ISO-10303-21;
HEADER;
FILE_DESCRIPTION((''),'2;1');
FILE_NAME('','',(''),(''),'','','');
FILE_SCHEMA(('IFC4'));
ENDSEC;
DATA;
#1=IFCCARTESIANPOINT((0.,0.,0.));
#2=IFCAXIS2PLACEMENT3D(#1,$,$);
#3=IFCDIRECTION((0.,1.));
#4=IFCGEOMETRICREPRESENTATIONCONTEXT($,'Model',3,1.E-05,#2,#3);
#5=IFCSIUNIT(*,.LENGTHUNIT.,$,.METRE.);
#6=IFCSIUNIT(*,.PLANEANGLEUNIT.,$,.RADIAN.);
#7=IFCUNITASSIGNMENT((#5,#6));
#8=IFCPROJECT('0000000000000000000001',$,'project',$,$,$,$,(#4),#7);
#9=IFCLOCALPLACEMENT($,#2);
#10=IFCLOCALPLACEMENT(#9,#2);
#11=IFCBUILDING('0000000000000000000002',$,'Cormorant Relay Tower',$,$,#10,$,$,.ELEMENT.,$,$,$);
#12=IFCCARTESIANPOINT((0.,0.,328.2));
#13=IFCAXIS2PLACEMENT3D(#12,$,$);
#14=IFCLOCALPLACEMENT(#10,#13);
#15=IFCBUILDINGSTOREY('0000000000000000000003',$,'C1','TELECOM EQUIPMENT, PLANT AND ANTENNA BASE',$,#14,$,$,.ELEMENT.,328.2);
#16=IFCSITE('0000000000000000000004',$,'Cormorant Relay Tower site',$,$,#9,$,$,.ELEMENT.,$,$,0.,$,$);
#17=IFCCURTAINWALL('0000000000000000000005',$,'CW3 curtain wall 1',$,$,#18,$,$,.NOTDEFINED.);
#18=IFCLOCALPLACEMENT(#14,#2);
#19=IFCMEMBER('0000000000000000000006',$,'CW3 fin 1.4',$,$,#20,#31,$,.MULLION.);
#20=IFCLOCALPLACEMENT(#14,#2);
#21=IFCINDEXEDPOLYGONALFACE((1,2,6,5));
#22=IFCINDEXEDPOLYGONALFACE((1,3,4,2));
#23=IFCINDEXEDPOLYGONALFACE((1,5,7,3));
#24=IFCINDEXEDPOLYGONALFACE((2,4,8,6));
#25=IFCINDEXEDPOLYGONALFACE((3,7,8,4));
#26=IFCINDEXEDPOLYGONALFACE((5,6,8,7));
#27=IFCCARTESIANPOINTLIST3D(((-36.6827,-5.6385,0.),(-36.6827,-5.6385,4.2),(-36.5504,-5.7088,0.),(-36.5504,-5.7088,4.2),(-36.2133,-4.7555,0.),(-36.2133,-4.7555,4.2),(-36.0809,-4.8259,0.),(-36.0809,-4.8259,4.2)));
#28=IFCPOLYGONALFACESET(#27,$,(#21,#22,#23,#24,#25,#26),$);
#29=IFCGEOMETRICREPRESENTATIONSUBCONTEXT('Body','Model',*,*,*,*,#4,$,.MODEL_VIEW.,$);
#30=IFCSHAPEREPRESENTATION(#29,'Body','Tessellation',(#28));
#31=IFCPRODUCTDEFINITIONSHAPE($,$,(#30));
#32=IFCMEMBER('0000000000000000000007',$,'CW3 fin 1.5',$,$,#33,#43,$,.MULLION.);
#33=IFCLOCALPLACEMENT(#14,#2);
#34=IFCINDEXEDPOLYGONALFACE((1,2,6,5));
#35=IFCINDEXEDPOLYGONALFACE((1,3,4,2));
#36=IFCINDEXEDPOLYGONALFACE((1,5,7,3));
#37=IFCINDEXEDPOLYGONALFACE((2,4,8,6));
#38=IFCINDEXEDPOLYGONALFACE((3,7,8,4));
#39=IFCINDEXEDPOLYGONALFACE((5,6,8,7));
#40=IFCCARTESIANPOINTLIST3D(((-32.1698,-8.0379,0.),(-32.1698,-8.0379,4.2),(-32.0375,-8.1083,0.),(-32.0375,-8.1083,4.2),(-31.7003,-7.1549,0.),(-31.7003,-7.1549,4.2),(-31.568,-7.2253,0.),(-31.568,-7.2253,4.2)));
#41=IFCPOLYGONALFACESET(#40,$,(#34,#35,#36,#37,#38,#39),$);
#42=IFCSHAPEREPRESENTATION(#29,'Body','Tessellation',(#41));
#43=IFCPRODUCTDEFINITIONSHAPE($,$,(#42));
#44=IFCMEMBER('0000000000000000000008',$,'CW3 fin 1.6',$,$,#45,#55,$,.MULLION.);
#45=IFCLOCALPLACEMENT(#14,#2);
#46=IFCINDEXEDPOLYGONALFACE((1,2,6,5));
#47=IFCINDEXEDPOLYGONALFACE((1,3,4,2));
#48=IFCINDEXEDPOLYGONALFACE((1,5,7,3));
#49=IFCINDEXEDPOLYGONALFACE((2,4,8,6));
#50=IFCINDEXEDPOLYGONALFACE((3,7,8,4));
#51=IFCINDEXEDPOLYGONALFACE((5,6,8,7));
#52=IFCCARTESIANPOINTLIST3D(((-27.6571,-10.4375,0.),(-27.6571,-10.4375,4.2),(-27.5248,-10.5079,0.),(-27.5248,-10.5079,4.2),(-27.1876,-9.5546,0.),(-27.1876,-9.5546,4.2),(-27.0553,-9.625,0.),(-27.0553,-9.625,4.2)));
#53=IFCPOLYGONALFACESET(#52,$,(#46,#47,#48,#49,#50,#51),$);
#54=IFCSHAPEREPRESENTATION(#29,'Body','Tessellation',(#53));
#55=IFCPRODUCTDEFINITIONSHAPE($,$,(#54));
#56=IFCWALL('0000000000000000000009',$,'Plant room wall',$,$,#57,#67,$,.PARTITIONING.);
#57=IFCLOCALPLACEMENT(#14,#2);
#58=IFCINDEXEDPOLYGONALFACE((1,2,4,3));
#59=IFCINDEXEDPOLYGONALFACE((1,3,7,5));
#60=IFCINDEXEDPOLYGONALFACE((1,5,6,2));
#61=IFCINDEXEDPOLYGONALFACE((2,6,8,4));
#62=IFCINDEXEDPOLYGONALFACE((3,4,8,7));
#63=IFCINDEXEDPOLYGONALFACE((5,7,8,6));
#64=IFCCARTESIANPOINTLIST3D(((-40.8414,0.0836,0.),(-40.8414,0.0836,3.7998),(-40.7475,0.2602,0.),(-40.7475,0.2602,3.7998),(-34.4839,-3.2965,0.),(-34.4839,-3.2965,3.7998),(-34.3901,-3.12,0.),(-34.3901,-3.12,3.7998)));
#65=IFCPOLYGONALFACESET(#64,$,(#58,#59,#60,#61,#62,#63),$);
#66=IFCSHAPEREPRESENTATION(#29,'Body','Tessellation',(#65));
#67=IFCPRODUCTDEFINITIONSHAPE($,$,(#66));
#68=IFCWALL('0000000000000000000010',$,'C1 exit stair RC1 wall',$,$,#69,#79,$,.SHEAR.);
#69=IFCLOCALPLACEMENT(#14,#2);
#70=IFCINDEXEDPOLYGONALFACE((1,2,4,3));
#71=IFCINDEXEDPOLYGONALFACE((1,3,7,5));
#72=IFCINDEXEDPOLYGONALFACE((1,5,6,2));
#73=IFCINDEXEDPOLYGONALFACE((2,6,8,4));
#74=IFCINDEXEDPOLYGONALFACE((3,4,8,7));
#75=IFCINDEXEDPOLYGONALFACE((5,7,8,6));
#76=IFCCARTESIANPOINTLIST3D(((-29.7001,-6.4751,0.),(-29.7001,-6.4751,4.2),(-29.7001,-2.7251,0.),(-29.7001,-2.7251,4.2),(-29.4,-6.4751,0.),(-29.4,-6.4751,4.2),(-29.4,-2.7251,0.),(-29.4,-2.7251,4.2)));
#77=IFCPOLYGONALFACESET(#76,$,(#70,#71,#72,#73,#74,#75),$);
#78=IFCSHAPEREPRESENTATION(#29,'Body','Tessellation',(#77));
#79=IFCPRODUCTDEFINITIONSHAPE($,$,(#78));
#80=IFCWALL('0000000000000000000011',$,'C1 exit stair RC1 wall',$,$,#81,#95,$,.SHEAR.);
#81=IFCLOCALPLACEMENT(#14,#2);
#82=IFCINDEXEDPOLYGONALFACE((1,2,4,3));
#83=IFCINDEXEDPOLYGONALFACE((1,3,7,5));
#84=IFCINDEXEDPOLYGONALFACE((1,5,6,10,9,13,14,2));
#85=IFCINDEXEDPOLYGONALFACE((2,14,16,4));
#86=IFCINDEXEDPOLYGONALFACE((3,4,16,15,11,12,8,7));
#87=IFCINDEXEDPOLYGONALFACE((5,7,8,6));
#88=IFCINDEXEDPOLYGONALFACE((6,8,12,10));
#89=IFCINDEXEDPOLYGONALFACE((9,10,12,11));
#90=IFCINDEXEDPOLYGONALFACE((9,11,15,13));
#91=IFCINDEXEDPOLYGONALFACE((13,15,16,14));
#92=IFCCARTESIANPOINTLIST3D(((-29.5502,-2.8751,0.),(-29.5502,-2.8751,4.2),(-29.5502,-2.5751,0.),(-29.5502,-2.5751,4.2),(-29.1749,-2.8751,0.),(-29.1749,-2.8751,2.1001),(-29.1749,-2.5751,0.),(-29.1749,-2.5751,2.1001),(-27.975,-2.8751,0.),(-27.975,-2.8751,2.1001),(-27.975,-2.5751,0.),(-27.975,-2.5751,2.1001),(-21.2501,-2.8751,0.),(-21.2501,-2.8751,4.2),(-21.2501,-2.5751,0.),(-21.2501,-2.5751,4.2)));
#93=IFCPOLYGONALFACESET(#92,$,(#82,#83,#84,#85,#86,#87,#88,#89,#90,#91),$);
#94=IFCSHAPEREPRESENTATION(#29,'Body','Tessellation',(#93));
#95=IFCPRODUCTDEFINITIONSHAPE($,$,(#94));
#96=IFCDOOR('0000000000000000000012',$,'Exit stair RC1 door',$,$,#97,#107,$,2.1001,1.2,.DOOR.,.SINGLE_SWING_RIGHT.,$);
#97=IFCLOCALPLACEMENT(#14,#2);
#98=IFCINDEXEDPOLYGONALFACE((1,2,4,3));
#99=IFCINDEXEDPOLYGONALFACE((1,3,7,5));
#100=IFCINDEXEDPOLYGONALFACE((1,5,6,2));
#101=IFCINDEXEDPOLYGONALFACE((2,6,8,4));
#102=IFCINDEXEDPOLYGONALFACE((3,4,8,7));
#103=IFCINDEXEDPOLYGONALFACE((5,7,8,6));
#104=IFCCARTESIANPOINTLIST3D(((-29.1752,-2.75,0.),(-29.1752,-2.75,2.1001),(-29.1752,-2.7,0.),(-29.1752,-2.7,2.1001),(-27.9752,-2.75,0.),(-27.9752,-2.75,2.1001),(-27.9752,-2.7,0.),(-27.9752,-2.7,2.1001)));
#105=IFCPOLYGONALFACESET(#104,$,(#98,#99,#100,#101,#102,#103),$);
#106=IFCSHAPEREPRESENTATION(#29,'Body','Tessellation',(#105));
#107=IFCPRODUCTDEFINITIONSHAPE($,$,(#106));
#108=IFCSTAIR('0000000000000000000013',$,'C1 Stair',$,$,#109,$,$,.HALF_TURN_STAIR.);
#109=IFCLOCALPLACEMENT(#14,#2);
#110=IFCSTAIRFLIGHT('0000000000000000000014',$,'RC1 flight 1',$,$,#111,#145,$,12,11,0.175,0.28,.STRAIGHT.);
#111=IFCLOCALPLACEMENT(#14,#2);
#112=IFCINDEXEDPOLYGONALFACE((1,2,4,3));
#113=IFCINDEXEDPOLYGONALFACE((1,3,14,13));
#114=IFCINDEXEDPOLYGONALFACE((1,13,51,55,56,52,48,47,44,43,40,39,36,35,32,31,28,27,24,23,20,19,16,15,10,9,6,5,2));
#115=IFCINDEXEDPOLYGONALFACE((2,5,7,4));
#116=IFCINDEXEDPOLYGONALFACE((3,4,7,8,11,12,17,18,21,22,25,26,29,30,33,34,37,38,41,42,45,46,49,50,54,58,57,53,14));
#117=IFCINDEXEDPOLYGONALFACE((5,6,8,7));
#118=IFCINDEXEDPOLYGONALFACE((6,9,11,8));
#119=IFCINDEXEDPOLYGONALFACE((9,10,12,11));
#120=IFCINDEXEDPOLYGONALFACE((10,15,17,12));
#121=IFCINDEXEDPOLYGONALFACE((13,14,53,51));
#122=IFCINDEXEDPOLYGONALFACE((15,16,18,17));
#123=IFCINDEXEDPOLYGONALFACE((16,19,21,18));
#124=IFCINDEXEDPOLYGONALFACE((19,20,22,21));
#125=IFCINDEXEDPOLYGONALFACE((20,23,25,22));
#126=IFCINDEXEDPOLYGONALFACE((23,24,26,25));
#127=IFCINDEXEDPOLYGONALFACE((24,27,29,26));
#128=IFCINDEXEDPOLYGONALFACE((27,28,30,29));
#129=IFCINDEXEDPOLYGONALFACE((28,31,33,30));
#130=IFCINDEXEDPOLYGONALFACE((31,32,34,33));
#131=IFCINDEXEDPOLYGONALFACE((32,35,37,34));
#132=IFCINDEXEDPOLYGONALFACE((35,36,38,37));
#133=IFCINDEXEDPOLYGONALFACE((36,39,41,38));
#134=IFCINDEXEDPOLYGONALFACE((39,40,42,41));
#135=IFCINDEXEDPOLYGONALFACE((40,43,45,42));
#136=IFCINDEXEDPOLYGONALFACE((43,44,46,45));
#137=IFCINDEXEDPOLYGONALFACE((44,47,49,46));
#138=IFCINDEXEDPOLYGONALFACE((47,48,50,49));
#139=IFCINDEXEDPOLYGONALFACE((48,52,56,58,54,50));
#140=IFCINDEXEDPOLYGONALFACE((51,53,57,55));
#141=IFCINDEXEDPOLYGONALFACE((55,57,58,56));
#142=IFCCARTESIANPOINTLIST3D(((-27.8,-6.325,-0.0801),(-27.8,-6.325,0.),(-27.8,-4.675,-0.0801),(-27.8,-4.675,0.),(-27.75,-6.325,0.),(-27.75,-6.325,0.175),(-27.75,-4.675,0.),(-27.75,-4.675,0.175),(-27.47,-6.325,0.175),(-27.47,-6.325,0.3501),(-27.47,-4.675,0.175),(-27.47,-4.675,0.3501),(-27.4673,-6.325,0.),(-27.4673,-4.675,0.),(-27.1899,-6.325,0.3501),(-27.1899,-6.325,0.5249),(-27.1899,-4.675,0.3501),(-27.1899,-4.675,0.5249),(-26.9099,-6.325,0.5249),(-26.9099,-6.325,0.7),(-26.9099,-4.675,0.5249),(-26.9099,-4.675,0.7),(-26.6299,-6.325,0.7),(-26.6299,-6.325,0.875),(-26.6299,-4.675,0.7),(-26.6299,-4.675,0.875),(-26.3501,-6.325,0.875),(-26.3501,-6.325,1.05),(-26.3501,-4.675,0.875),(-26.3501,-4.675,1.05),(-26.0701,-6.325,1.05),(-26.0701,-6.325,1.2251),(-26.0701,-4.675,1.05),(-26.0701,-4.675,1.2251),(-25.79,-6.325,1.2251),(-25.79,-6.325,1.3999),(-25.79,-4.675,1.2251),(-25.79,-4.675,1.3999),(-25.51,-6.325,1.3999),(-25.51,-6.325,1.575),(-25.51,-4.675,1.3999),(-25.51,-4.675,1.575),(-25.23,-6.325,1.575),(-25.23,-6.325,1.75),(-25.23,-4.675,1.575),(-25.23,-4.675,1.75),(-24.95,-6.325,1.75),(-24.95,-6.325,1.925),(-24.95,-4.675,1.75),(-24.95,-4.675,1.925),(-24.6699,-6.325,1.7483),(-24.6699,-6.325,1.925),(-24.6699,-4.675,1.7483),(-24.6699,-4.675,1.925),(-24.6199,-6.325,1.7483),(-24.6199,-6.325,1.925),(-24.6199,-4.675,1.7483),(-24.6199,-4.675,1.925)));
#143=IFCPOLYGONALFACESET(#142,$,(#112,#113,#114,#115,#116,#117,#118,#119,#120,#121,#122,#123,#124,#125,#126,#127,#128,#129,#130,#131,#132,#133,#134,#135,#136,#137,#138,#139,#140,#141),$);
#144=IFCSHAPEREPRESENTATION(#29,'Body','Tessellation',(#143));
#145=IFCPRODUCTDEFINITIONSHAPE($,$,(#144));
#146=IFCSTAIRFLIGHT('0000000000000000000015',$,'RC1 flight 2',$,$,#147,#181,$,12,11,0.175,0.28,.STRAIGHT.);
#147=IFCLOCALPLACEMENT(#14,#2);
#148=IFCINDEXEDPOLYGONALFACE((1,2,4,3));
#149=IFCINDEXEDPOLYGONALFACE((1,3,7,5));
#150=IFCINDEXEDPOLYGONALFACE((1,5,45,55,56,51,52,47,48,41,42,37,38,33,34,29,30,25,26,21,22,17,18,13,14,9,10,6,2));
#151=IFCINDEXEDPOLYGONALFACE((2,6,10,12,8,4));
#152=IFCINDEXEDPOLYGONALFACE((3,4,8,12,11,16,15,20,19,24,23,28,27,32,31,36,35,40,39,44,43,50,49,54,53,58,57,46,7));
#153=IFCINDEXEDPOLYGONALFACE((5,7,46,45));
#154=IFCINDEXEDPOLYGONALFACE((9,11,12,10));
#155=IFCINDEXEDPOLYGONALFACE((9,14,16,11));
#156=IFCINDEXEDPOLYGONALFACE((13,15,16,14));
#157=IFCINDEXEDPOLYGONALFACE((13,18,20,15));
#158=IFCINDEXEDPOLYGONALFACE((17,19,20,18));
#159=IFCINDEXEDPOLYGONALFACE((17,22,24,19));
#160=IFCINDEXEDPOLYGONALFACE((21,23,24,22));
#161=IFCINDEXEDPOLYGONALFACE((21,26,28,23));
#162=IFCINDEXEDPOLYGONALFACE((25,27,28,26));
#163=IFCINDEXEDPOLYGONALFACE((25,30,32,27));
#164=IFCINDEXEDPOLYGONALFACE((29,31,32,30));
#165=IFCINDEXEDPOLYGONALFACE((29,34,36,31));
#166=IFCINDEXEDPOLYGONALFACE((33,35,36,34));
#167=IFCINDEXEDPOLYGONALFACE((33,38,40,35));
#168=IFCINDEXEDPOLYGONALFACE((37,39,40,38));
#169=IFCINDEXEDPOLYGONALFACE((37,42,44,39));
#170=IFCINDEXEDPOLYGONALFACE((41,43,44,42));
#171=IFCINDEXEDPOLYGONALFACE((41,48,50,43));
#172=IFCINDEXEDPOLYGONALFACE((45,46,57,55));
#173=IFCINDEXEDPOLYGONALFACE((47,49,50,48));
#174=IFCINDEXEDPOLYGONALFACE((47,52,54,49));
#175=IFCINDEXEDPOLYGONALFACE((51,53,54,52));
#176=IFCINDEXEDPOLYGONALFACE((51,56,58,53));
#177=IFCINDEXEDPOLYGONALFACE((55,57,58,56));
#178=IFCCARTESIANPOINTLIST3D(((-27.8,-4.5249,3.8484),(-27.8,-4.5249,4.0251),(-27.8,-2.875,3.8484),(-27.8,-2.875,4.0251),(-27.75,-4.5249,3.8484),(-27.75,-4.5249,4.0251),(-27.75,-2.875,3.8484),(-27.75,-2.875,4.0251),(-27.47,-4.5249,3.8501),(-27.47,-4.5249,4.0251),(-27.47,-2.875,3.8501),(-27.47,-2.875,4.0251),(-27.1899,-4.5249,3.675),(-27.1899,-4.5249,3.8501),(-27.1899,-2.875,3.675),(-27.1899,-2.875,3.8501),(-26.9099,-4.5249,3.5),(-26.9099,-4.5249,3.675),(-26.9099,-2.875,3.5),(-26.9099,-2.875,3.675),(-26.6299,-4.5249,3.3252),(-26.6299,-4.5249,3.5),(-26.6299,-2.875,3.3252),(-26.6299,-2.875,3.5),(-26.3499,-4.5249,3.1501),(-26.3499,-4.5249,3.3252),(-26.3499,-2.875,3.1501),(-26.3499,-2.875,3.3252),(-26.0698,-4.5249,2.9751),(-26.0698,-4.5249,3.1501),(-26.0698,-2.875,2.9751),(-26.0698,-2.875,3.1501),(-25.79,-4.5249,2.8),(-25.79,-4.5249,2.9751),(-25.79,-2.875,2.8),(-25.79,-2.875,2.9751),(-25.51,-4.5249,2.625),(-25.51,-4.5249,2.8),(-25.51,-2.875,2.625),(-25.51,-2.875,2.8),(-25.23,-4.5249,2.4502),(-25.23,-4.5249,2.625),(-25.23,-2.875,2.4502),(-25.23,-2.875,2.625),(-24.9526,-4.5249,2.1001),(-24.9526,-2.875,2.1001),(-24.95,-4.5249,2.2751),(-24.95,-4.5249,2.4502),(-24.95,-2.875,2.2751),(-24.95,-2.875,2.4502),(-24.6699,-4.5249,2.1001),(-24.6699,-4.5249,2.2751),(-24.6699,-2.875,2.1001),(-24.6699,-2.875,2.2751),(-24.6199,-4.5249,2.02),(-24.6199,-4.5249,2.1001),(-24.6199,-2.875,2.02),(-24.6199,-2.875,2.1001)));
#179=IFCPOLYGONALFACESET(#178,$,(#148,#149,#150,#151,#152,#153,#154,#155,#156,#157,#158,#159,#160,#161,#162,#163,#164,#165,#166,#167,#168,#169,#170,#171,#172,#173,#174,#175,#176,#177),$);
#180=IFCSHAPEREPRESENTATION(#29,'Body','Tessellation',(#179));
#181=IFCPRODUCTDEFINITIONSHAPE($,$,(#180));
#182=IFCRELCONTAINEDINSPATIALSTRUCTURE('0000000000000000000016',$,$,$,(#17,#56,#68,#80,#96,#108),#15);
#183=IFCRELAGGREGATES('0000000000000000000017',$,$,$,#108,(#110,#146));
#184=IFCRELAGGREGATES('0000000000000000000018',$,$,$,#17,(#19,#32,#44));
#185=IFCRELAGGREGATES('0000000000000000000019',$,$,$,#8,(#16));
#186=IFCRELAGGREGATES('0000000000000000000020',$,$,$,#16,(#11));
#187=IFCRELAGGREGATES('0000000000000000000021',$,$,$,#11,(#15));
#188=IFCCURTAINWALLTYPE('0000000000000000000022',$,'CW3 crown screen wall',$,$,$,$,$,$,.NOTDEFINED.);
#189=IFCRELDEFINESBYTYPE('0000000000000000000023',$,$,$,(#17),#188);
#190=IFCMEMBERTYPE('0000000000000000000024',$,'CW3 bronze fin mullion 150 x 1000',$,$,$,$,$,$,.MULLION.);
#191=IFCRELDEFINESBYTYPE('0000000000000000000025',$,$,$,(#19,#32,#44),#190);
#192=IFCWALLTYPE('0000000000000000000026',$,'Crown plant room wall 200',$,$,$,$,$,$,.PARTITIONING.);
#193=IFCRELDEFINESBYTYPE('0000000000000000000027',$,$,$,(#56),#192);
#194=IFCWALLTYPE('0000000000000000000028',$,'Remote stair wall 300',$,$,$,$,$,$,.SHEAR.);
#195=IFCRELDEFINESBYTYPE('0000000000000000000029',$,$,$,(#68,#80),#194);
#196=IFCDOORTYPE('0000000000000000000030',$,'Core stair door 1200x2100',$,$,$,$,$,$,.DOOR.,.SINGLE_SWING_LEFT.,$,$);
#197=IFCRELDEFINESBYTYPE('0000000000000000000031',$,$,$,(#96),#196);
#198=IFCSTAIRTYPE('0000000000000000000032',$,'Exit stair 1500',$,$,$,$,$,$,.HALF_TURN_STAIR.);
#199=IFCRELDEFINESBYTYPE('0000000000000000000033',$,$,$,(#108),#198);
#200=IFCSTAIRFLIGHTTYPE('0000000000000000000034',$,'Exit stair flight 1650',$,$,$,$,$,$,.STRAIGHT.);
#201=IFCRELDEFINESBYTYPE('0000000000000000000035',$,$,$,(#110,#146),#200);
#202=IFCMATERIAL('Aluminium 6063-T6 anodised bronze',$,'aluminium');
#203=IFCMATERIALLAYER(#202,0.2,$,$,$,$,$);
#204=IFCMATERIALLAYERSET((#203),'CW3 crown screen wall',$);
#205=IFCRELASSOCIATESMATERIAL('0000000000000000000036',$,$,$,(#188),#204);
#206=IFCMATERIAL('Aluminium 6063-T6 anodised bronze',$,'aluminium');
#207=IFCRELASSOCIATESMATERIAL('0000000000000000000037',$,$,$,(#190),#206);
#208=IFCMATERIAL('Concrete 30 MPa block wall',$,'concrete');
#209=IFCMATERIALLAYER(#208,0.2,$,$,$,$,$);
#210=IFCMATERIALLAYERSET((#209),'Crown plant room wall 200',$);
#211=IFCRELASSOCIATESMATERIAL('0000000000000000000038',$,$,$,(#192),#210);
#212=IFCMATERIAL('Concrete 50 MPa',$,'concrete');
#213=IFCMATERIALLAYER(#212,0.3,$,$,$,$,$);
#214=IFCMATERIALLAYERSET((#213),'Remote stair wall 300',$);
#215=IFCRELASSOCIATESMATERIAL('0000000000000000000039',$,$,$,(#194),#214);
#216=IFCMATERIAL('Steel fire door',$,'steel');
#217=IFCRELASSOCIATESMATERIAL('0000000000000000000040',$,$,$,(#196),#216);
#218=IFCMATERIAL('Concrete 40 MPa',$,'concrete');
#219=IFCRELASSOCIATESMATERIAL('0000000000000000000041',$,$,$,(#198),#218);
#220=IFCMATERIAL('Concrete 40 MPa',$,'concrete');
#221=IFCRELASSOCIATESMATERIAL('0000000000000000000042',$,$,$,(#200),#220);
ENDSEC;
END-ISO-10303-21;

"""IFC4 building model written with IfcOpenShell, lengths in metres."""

from ifc_helpers import new_model, si_unit, direction, frame, frame_2d, origin, origin_2d, place, context, subcontext, project, spatial, polyline, rectangle, outline, extrude, material, layer, layer_set, material_profile, profile_set, type_object, element, fill, aggregate, save


model = new_model("IFC4")

# Units and contexts
model_context = context("Model", 3, precision=1e-05, world=origin(), true_north=direction((0.0, 1.0)))
body_context = subcontext(model_context, "Body", "Model", "MODEL_VIEW")
ifc_project = project(units=[si_unit("LENGTHUNIT", "METRE"), si_unit("PLANEANGLEUNIT", "RADIAN")], contexts=[model_context])

# Site, building, storey
site_placement = place(None, origin())
site = spatial("IfcSite", under=ifc_project, at=site_placement, Name="Cormorant Relay Tower site", CompositionType="ELEMENT", RefElevation=0.0)
building_placement = place(site_placement, origin())
building = spatial("IfcBuilding", under=site, at=building_placement, Name="Cormorant Relay Tower", CompositionType="ELEMENT")
storey_placement = place(building_placement, frame((0.0, 0.0, 328.2)))
storey = spatial("IfcBuildingStorey", under=building, at=storey_placement, Name="C1", Description="TELECOM EQUIPMENT, PLANT AND ANTENNA BASE", CompositionType="ELEMENT", Elevation=328.2)

# Curtain wall, members
ifc_material_1 = material(Name="Aluminium 6063-T6 anodised bronze", Category="aluminium")
ifc_layer_1 = layer(ifc_material_1, 0.2)
ifc_layer_set_1 = layer_set([ifc_layer_1], Name="CW3 crown screen wall")
curtain_wall_type = type_object("IfcCurtainWallType", Name="CW3 crown screen wall", PredefinedType="NOTDEFINED", material=ifc_layer_set_1)
curtain_wall_placement = place(storey_placement, origin())
curtain_wall = element("IfcCurtainWall", 1, at=curtain_wall_placement, inside=storey, type_object=curtain_wall_type, Name="CW3 curtain wall 1", PredefinedType="NOTDEFINED")
ifc_material_2 = material(Name="Aluminium 6063-T6 anodised bronze", Category="aluminium")
ifc_material_profile = material_profile(ifc_material_2, rectangle(XDim=0.1499, YDim=1.0, at=origin_2d()), Name="AL 150x1000")
ifc_profile_set = profile_set([ifc_material_profile], Name="Aluminium 6063-T6 anodised bronze")
member_type = type_object("IfcMemberType", Name="CW3 bronze fin mullion 150 x 1000", PredefinedType="MULLION", material=ifc_profile_set)
member_1_placement = place(storey_placement, frame((-36.3818, -5.2322, 0.0), z_axis=(0.0, 0.0, 1.0), x_axis=(0.882948, -0.469472, 0.0)))
member_1 = element("IfcMember", 2, at=member_1_placement, type_object=member_type, Name="CW3 fin 1.4", PredefinedType="MULLION", context=body_context, shape_type="SweptSolid", body=[
    extrude(rectangle(XDim=0.1499, YDim=1.0, at=origin_2d()), origin(), (0.0, 0.0, 1.0), 4.2),
])
member_2_placement = place(storey_placement, frame((-31.8689, -7.6316, 0.0), z_axis=(0.0, 0.0, 1.0), x_axis=(0.882948, -0.469472, 0.0)))
member_2 = element("IfcMember", 3, at=member_2_placement, type_object=member_type, Name="CW3 fin 1.5", PredefinedType="MULLION", context=body_context, shape_type="SweptSolid", body=[
    extrude(rectangle(XDim=0.1499, YDim=1.0, at=origin_2d()), origin(), (0.0, 0.0, 1.0), 4.2),
])
member_3_placement = place(storey_placement, frame((-27.3562, -10.0312, 0.0), z_axis=(0.0, 0.0, 1.0), x_axis=(0.882948, -0.469472, 0.0)))
member_3 = element("IfcMember", 4, at=member_3_placement, type_object=member_type, Name="CW3 fin 1.6", PredefinedType="MULLION", context=body_context, shape_type="SweptSolid", body=[
    extrude(rectangle(XDim=0.1499, YDim=1.0, at=origin_2d()), origin(), (0.0, 0.0, 1.0), 4.2),
])

# Walls
ifc_material_3 = material(Name="Concrete 30 MPa block wall", Category="concrete")
ifc_layer_2 = layer(ifc_material_3, 0.2)
ifc_layer_set_2 = layer_set([ifc_layer_2], Name="Crown plant room wall 200")
wall_type_1 = type_object("IfcWallType", Name="Crown plant room wall 200", PredefinedType="PARTITIONING", material=ifc_layer_set_2)
wall_1_placement = place(storey_placement, frame((-34.437, -3.2083, 0.0), z_axis=(0.0, 0.0, 1.0), x_axis=(-0.882958, 0.469453, 0.0)))
element("IfcWall", 5, at=wall_1_placement, inside=storey, type_object=wall_type_1, Name="Plant room wall", PredefinedType="PARTITIONING", context=body_context, shape_type="SweptSolid", body=[
    extrude(rectangle(XDim=7.2002, YDim=0.2, at=frame_2d((3.6001, 0.0))), origin(), (0.0, 0.0, 1.0), 3.7998),
])
ifc_material_4 = material(Name="Concrete 50 MPa", Category="concrete")
ifc_layer_3 = layer(ifc_material_4, 0.3)
ifc_layer_set_3 = layer_set([ifc_layer_3], Name="Remote stair wall 300")
wall_type_2 = type_object("IfcWallType", Name="Remote stair wall 300", PredefinedType="SHEAR", material=ifc_layer_set_3)
wall_2_placement = place(storey_placement, frame((-29.55, -6.4751, 0.0), z_axis=(0.0, 0.0, 1.0), x_axis=(0.0, 1.0, 0.0)))
element("IfcWall", 6, at=wall_2_placement, inside=storey, type_object=wall_type_2, Name="C1 exit stair RC1 wall", PredefinedType="SHEAR", context=body_context, shape_type="SweptSolid", body=[
    extrude(rectangle(XDim=3.75, YDim=0.3, at=frame_2d((1.875, 0.0))), origin(), (0.0, 0.0, 1.0), 4.2),
])

# Wall, opening, door
wall_3_placement = place(storey_placement, frame((-29.55, -2.7251, 0.0), z_axis=(0.0, 0.0, 1.0), x_axis=(1.0, 0.0, 0.0)))
wall_3 = element("IfcWall", 7, at=wall_3_placement, inside=storey, type_object=wall_type_2, Name="C1 exit stair RC1 wall", PredefinedType="SHEAR", context=body_context, shape_type="SweptSolid", body=[
    extrude(rectangle(XDim=8.3, YDim=0.3, at=frame_2d((4.1499, 0.0))), origin(), (0.0, 0.0, 1.0), 4.2),
])
opening_placement = place(wall_3_placement, frame((0.375, 0.0, 0.0)))
opening = element("IfcOpeningElement", 8, at=opening_placement, cuts=wall_3, PredefinedType="OPENING", context=body_context, shape_type="SweptSolid", body=[
    extrude(rectangle(XDim=1.2, YDim=2.1001, at=frame_2d((0.6001, 1.05))), frame((0.0, 0.1599, 0.0), z_axis=(0.0, -1.0, 0.0), x_axis=(1.0, 0.0, 0.0)), (0.0, 0.0, 1.0), 0.3201),
])
ifc_material_5 = material(Name="Steel fire door", Category="steel")
door_type = type_object("IfcDoorType", Name="Core stair door 1200x2100", OperationType="SINGLE_SWING_LEFT", PredefinedType="DOOR", material=ifc_material_5)
door_placement = place(opening_placement, frame((1.2, 0.0, 0.0), z_axis=(0.0, 0.0, 1.0), x_axis=(-1.0, 0.0, 0.0)))
door = element("IfcDoor", 9, at=door_placement, inside=storey, type_object=door_type, Name="Exit stair RC1 door", OperationType="SINGLE_SWING_RIGHT", OverallHeight=2.1001, OverallWidth=1.2, PredefinedType="DOOR", context=body_context, shape_type="SweptSolid", body=[
    extrude(rectangle(XDim=1.2, YDim=2.1001, at=frame_2d((0.6001, 1.05))), frame((0.0, 0.0249, 0.0), z_axis=(0.0, -1.0, 0.0), x_axis=(1.0, 0.0, 0.0)), (0.0, 0.0, 1.0), 0.05),
])
fill(opening, door)

# Stair, stair flights
ifc_material_6 = material(Name="Concrete 40 MPa", Category="concrete")
stair_type = type_object("IfcStairType", Name="Exit stair 1500", PredefinedType="HALF_TURN_STAIR", material=ifc_material_6)
stair_placement = place(storey_placement, origin())
stair = element("IfcStair", 10, at=stair_placement, inside=storey, type_object=stair_type, Name="C1 Stair", PredefinedType="HALF_TURN_STAIR")
ifc_material_7 = material(Name="Concrete 40 MPa", Category="concrete")
stair_flight_type = type_object("IfcStairFlightType", Name="Exit stair flight 1650", PredefinedType="STRAIGHT", material=ifc_material_7)
stair_flight_1_placement = place(storey_placement, frame((-27.75, -5.5, 0.0), z_axis=(0.0, 0.0, 1.0), x_axis=(1.0, 0.0, 0.0)))
stair_flight_1 = element("IfcStairFlight", 11, at=stair_flight_1_placement, type_object=stair_flight_type, Name="RC1 flight 1", NumberOfRisers=12, NumberOfTreads=11, PredefinedType="STRAIGHT", RiserHeight=0.175, TreadLength=0.28, context=body_context, shape_type="SweptSolid", body=[
    extrude(outline(polyline([(-0.05, -0.0801), (-0.05, 0.0), (0.0, 0.0), (0.0, 0.175), (0.28, 0.175), (0.28, 0.3501), (0.5601, 0.3501), (0.5601, 0.5249), (0.8401, 0.5249), (0.8401, 0.7), (1.1201, 0.7), (1.1201, 0.875), (1.3999, 0.875), (1.3999, 1.05), (1.6799, 1.05), (1.6799, 1.2251), (1.96, 1.2251), (1.96, 1.3999), (2.24, 1.3999), (2.24, 1.575), (2.52, 1.575), (2.52, 1.75), (2.8, 1.75), (2.8, 1.925), (3.0801, 1.925), (3.1301, 1.925), (3.1301, 1.7483), (3.0801, 1.7483), (0.2827, 0.0), (-0.05, -0.0801)])), frame((0.0, 0.825, 0.0), z_axis=(0.0, -1.0, 0.0), x_axis=(1.0, 0.0, 0.0)), (0.0, 0.0, 1.0), 1.6499),
])
stair_flight_2_placement = place(storey_placement, frame((-24.6699, -3.7, 2.1001), z_axis=(0.0, 0.0, 1.0), x_axis=(-1.0, 0.0, 0.0)))
stair_flight_2 = element("IfcStairFlight", 12, at=stair_flight_2_placement, type_object=stair_flight_type, Name="RC1 flight 2", NumberOfRisers=12, NumberOfTreads=11, PredefinedType="STRAIGHT", RiserHeight=0.175, TreadLength=0.28, context=body_context, shape_type="SweptSolid", body=[
    extrude(outline(polyline([(-0.05, -0.0801), (-0.05, 0.0), (0.0, 0.0), (0.0, 0.175), (0.28, 0.175), (0.28, 0.3501), (0.5601, 0.3501), (0.5601, 0.5249), (0.8401, 0.5249), (0.8401, 0.7), (1.1201, 0.7), (1.1201, 0.875), (1.3999, 0.875), (1.3999, 1.05), (1.6799, 1.05), (1.6799, 1.2251), (1.96, 1.2251), (1.96, 1.3999), (2.24, 1.3999), (2.24, 1.575), (2.52, 1.575), (2.52, 1.75), (2.8, 1.75), (2.8, 1.925), (3.0801, 1.925), (3.1301, 1.925), (3.1301, 1.7483), (3.0801, 1.7483), (0.2827, 0.0), (-0.05, -0.0801)])), frame((0.0, 0.825, 0.0), z_axis=(0.0, -1.0, 0.0), x_axis=(1.0, 0.0, 0.0)), (0.0, 0.0, 1.0), 1.6499),
])
aggregate(stair, [stair_flight_1, stair_flight_2])

aggregate(curtain_wall, [member_1, member_2, member_3])

save(model, "model.ifc")
